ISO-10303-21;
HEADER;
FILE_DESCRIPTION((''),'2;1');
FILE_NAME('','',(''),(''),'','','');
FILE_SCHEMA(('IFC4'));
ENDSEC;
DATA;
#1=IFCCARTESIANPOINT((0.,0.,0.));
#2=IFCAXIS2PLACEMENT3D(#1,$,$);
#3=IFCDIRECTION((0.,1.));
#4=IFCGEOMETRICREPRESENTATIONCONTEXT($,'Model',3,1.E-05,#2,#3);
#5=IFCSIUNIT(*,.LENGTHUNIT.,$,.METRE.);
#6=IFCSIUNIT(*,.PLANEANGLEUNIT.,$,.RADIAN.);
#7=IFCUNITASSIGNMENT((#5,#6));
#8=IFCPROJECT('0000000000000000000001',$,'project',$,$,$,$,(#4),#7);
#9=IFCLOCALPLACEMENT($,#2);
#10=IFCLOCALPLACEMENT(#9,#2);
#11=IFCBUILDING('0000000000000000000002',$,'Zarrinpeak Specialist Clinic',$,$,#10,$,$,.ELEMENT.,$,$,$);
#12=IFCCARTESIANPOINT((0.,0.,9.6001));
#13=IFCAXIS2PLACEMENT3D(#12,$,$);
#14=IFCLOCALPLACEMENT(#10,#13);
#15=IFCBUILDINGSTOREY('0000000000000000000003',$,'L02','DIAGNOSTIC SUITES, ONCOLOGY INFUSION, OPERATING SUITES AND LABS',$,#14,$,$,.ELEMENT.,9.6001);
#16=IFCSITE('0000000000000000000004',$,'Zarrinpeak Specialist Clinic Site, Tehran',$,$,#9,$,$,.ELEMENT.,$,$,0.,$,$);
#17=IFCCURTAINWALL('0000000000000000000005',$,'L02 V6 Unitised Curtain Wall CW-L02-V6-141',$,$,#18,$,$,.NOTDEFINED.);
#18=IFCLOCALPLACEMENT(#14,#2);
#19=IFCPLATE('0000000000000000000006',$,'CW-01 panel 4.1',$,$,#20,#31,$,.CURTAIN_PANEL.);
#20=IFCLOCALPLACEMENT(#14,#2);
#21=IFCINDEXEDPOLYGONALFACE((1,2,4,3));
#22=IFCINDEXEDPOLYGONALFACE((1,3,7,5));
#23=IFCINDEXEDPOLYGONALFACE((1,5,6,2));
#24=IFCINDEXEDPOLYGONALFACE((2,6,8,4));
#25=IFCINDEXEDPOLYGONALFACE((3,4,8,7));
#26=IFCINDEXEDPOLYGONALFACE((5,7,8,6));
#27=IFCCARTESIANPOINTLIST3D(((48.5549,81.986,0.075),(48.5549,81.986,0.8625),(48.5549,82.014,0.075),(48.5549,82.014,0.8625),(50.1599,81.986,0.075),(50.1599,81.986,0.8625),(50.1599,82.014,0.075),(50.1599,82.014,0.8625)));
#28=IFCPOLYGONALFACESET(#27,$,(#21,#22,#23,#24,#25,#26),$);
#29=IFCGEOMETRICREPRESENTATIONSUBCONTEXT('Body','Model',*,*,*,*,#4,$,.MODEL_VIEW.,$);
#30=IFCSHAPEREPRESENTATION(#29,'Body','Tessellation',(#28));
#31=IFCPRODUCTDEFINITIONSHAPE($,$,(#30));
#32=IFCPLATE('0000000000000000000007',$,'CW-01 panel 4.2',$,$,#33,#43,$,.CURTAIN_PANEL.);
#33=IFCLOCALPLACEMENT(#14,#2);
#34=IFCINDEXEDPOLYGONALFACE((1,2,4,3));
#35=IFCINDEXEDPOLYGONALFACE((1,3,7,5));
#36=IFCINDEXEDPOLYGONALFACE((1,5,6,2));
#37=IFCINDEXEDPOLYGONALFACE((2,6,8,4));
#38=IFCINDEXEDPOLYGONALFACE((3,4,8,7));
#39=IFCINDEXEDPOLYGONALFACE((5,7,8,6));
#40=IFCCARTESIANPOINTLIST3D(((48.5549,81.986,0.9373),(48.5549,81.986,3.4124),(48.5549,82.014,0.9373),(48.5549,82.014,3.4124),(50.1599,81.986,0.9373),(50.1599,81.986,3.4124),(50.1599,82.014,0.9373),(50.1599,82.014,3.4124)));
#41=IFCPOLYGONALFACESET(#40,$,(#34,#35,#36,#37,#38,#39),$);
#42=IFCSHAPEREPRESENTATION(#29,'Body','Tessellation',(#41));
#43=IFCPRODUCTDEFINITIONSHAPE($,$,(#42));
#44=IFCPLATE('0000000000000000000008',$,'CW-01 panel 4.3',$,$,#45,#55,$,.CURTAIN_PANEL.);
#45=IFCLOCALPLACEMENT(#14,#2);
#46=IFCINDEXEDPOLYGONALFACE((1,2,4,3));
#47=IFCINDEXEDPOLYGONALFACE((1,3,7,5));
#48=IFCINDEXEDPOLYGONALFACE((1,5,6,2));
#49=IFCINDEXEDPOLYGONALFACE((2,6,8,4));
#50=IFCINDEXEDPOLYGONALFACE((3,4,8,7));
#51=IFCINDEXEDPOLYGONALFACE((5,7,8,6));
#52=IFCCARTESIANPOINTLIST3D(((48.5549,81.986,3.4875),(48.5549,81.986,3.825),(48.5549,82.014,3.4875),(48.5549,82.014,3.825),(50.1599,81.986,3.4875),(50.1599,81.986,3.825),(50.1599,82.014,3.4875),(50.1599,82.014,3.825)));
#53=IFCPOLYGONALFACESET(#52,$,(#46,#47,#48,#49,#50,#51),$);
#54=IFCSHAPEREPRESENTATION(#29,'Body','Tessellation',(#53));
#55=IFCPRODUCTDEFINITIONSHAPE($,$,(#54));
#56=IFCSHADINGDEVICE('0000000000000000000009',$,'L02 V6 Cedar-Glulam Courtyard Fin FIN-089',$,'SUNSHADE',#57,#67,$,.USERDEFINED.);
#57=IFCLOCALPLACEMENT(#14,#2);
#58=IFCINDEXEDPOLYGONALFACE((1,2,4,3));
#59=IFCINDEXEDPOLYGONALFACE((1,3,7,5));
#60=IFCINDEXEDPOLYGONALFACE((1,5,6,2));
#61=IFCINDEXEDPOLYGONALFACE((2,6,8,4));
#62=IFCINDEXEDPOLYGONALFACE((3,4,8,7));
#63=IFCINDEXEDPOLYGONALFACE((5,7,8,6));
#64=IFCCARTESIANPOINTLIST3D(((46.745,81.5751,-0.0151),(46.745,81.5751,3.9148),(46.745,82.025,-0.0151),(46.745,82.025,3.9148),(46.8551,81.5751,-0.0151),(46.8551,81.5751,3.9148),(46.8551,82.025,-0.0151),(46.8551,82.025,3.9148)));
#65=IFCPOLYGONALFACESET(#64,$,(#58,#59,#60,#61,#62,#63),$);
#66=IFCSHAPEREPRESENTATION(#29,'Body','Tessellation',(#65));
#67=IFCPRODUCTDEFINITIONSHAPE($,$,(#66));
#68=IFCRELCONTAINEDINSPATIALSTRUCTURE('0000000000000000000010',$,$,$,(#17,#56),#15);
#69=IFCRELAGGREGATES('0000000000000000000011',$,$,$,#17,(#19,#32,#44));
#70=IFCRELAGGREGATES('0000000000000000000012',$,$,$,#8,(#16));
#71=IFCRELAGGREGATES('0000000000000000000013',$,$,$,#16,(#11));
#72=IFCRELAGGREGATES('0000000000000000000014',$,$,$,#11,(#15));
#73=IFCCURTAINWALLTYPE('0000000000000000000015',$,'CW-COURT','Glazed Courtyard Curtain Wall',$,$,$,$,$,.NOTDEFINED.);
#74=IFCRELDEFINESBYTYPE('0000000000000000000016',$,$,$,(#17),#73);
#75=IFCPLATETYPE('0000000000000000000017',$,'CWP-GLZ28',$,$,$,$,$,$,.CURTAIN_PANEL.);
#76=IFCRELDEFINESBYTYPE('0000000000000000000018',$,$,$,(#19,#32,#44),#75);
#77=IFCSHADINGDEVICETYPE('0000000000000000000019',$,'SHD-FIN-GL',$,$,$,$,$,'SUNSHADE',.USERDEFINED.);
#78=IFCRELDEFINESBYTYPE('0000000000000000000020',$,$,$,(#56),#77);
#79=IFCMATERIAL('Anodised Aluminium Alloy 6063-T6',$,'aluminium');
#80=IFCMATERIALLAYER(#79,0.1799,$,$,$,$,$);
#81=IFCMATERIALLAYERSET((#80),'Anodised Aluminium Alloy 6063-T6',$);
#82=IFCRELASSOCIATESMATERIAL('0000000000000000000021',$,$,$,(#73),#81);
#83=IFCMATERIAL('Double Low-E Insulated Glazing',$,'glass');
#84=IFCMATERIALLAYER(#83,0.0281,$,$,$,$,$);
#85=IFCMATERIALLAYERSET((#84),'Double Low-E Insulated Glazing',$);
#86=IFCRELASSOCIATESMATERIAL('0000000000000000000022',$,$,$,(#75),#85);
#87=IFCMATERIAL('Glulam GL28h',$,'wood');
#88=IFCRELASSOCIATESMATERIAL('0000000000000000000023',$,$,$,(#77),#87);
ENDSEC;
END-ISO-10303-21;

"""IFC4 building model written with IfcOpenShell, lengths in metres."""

from ifc_helpers import new_model, si_unit, direction, frame, origin, origin_2d, place, context, subcontext, project, spatial, rectangle, extrude, material, layer, layer_set, type_object, element, aggregate, save


model = new_model("IFC4")

# Units and contexts
model_context = context("Model", 3, precision=1e-05, world=origin(), true_north=direction((0.0, 1.0)))
body_context = subcontext(model_context, "Body", "Model", "MODEL_VIEW")
ifc_project = project(units=[si_unit("LENGTHUNIT", "METRE"), si_unit("PLANEANGLEUNIT", "RADIAN")], contexts=[model_context])

# Site, building, storey
site_placement = place(None, origin())
site = spatial("IfcSite", under=ifc_project, at=site_placement, Name="Zarrinpeak Specialist Clinic Site, Tehran", CompositionType="ELEMENT", RefElevation=0.0)
building_placement = place(site_placement, origin())
building = spatial("IfcBuilding", under=site, at=building_placement, Name="Zarrinpeak Specialist Clinic", CompositionType="ELEMENT")
storey_placement = place(building_placement, frame((0.0, 0.0, 9.6001)))
storey = spatial("IfcBuildingStorey", under=building, at=storey_placement, Name="L02", Description="DIAGNOSTIC SUITES, ONCOLOGY INFUSION, OPERATING SUITES AND LABS", CompositionType="ELEMENT", Elevation=9.6001)

# Curtain wall
ifc_material_1 = material(Name="Anodised Aluminium Alloy 6063-T6", Category="aluminium")
ifc_layer_1 = layer(ifc_material_1, 0.1799)
ifc_layer_set_1 = layer_set([ifc_layer_1], Name="Anodised Aluminium Alloy 6063-T6")
curtain_wall_type = type_object("IfcCurtainWallType", Name="CW-COURT", Description="Glazed Courtyard Curtain Wall", PredefinedType="NOTDEFINED", material=ifc_layer_set_1)
curtain_wall_1_placement = place(storey_placement, origin())
curtain_wall_1 = element("IfcCurtainWall", 1, at=curtain_wall_1_placement, inside=storey, type_object=curtain_wall_type, Name="L02 V6 Unitised Curtain Wall CW-L02-V6-141", PredefinedType="NOTDEFINED")

# Plates
ifc_material_2 = material(Name="Double Low-E Insulated Glazing", Category="glass")
ifc_layer_2 = layer(ifc_material_2, 0.0281)
ifc_layer_set_2 = layer_set([ifc_layer_2], Name="Double Low-E Insulated Glazing")
plate_type = type_object("IfcPlateType", Name="CWP-GLZ28", PredefinedType="CURTAIN_PANEL", material=ifc_layer_set_2)
plate_1_placement = place(storey_placement, frame((49.3574, 82.0, 0.075), z_axis=(0.0, 0.0, 1.0), x_axis=(1.0, 0.0, 0.0)))
plate_1 = element("IfcPlate", 2, at=plate_1_placement, type_object=plate_type, Name="CW-01 panel 4.1", PredefinedType="CURTAIN_PANEL", context=body_context, shape_type="SweptSolid", body=[
    extrude(rectangle(XDim=1.605, YDim=0.0281, at=origin_2d()), origin(), (0.0, 0.0, 1.0), 0.7876),
])
plate_2_placement = place(storey_placement, frame((49.3574, 82.0, 0.9373), z_axis=(0.0, 0.0, 1.0), x_axis=(1.0, 0.0, 0.0)))
plate_2 = element("IfcPlate", 3, at=plate_2_placement, type_object=plate_type, Name="CW-01 panel 4.2", PredefinedType="CURTAIN_PANEL", context=body_context, shape_type="SweptSolid", body=[
    extrude(rectangle(XDim=1.605, YDim=0.0281, at=origin_2d()), origin(), (0.0, 0.0, 1.0), 2.4751),
])
plate_3_placement = place(storey_placement, frame((49.3574, 82.0, 3.4875), z_axis=(0.0, 0.0, 1.0), x_axis=(1.0, 0.0, 0.0)))
plate_3 = element("IfcPlate", 4, at=plate_3_placement, type_object=plate_type, Name="CW-01 panel 4.3", PredefinedType="CURTAIN_PANEL", context=body_context, shape_type="SweptSolid", body=[
    extrude(rectangle(XDim=1.605, YDim=0.0281, at=origin_2d()), origin(), (0.0, 0.0, 1.0), 0.3374),
])
aggregate(curtain_wall_1, [plate_1, plate_2, plate_3])

# Shading device
ifc_material_3 = material(Name="Glulam GL28h", Category="wood")
shading_device_type = type_object("IfcShadingDeviceType", Name="SHD-FIN-GL", ElementType="SUNSHADE", PredefinedType="USERDEFINED", material=ifc_material_3)
shading_device_placement = place(storey_placement, frame((46.8, 81.8, -0.0151), z_axis=(0.0, 0.0, 1.0), x_axis=(1.0, 0.0, 0.0)))
element("IfcShadingDevice", 5, at=shading_device_placement, inside=storey, type_object=shading_device_type, Name="L02 V6 Cedar-Glulam Courtyard Fin FIN-089", ObjectType="SUNSHADE", PredefinedType="USERDEFINED", context=body_context, shape_type="SweptSolid", body=[
    extrude(rectangle(XDim=0.1101, YDim=0.45, at=origin_2d()), origin(), (0.0, 0.0, 1.0), 3.9299),
])

save(model, "model.ifc")
